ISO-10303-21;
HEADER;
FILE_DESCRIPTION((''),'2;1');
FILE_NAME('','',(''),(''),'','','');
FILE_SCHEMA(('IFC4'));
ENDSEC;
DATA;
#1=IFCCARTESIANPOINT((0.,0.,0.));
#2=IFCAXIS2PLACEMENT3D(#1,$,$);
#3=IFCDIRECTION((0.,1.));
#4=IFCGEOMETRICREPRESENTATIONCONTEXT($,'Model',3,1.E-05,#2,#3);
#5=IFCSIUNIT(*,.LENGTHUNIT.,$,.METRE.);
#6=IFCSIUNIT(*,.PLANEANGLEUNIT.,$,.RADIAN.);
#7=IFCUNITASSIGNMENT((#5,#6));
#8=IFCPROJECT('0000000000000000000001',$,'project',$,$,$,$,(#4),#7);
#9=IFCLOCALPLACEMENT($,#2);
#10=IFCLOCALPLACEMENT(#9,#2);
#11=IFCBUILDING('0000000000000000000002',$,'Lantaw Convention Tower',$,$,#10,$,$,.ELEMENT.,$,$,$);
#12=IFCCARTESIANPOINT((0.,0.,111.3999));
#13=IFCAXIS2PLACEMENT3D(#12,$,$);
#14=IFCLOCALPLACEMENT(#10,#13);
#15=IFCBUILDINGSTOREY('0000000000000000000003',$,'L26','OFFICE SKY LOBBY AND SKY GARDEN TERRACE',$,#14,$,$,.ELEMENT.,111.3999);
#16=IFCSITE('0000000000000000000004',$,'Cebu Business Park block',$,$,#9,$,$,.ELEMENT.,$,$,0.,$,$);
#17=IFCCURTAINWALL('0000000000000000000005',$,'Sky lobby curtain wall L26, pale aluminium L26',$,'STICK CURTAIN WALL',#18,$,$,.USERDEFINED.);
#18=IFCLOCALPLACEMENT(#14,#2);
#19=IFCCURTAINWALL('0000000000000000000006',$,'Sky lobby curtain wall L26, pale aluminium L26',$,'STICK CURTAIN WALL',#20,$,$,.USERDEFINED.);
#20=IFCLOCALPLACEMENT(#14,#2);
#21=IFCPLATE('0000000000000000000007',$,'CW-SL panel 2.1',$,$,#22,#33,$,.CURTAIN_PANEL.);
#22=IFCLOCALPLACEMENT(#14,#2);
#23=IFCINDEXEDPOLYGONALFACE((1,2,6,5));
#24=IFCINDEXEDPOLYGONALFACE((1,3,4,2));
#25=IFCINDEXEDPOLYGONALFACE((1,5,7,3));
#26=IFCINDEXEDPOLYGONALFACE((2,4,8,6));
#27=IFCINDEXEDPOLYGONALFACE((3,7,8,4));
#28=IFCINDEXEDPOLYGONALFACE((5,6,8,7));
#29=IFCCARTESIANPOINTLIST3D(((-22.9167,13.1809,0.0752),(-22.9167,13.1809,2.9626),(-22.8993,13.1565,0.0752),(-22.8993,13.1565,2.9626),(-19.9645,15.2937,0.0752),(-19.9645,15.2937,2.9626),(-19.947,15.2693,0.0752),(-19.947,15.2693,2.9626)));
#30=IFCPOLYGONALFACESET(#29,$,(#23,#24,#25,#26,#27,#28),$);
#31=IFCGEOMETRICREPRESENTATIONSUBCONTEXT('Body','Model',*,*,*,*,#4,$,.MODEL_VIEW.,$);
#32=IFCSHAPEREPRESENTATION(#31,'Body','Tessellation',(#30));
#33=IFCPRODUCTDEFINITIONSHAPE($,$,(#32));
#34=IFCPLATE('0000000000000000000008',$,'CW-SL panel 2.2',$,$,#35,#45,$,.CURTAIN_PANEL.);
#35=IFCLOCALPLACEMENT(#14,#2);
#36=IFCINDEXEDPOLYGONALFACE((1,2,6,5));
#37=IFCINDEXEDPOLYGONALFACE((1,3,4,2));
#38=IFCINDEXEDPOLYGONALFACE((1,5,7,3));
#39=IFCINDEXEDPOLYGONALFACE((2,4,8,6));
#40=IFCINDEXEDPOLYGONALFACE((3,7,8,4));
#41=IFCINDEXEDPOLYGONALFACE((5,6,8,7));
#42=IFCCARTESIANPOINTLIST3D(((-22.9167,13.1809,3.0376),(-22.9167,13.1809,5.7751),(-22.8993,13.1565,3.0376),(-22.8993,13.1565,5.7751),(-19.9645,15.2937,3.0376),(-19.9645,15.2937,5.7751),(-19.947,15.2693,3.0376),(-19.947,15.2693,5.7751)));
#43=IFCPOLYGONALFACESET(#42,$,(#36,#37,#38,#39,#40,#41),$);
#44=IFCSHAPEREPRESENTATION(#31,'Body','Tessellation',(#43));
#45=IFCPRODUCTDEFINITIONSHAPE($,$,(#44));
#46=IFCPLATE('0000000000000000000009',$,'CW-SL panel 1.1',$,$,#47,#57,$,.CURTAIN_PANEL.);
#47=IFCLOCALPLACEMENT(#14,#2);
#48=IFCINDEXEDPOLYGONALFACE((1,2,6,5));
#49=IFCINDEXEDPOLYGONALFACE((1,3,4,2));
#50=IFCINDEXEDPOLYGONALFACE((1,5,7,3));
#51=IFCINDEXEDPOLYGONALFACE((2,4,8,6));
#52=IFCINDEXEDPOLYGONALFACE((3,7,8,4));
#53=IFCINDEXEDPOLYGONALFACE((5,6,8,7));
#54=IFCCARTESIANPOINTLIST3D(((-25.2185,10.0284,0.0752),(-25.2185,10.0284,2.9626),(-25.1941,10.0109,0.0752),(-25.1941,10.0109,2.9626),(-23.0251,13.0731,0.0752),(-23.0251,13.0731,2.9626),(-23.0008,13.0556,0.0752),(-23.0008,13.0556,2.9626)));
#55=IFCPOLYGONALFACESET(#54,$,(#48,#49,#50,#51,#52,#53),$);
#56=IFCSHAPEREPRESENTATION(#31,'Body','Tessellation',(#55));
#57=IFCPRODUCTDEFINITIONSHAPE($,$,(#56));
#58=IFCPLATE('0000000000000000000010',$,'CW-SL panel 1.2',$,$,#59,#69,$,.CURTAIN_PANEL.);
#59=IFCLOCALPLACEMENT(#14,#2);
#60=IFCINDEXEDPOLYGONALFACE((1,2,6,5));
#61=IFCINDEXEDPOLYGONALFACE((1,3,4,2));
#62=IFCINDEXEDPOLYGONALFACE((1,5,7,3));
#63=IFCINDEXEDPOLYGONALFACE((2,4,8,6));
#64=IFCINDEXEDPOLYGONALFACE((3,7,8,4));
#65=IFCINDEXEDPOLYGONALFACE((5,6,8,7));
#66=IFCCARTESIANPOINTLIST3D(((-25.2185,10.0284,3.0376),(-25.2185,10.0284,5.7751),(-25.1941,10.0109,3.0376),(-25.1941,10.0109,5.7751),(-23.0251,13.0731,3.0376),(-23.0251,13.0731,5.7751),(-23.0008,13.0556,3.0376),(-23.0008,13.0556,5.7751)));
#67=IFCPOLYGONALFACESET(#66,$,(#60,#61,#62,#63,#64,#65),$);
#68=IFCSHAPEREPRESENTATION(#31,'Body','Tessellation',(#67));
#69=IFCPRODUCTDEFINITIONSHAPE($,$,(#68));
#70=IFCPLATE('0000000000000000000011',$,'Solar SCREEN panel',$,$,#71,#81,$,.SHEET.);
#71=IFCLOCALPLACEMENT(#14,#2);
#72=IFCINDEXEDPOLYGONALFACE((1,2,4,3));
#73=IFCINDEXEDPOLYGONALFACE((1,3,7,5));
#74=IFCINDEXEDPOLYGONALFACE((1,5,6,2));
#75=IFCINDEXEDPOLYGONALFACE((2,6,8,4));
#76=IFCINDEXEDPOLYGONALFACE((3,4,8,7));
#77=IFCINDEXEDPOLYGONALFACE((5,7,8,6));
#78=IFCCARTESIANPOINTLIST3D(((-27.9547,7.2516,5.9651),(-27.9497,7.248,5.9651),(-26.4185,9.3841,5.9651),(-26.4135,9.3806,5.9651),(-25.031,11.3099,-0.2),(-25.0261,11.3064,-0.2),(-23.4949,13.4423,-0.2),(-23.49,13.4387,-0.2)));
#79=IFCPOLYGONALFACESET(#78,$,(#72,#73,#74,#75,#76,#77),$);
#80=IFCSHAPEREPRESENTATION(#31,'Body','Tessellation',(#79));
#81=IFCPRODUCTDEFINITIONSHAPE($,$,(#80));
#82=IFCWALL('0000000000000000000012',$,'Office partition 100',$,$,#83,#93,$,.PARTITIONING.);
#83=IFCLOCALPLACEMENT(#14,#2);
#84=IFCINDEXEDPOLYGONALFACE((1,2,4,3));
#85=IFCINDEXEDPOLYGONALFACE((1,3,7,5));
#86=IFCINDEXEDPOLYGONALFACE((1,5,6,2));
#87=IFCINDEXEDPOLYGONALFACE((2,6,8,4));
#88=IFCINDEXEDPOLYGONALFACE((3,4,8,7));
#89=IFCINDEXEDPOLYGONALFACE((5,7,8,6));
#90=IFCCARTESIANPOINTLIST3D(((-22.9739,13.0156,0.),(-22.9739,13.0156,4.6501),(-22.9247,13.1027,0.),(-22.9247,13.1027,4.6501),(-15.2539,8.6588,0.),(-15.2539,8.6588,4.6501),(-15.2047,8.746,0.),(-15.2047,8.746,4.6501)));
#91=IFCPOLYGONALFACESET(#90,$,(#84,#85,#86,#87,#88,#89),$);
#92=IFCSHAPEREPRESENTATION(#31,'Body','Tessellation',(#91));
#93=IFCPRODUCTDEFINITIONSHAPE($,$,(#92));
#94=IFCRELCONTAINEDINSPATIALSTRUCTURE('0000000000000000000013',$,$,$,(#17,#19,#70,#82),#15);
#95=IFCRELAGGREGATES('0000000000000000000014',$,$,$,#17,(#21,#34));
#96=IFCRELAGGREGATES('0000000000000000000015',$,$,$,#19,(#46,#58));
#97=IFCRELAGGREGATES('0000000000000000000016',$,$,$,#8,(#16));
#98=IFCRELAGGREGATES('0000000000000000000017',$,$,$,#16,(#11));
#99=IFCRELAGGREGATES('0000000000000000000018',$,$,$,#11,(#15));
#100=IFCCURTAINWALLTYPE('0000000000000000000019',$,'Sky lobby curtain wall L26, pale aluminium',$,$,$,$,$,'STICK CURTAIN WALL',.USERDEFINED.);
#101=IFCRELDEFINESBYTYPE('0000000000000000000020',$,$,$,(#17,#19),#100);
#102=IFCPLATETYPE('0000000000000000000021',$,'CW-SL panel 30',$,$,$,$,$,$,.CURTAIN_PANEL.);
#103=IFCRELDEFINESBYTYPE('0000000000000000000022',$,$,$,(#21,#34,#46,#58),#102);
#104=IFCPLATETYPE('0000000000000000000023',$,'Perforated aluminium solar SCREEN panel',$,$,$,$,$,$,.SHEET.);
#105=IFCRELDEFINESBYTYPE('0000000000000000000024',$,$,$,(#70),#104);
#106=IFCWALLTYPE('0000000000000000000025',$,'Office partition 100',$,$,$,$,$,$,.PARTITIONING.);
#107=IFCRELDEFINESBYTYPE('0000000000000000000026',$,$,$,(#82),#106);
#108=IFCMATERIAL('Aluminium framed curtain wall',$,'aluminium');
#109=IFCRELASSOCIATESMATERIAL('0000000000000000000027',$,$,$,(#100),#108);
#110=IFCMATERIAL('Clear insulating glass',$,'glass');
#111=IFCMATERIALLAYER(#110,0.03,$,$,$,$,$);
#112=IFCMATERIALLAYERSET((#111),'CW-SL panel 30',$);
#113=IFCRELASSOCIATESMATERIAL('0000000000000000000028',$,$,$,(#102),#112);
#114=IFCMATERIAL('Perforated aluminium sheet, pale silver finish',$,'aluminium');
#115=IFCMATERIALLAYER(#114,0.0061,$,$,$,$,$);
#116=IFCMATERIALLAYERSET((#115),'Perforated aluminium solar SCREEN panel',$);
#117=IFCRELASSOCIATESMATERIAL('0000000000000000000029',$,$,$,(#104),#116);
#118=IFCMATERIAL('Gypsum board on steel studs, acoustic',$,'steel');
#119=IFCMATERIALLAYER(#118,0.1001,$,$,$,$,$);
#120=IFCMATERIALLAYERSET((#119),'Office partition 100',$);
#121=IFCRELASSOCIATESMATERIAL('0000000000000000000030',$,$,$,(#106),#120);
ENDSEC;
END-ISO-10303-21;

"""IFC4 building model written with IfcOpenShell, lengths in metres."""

from ifc_helpers import new_model, si_unit, direction, frame, frame_2d, origin, origin_2d, place, context, subcontext, project, spatial, polyline, rectangle, outline, extrude, material, layer, layer_set, type_object, element, aggregate, save


model = new_model("IFC4")

# Units and contexts
model_context = context("Model", 3, precision=1e-05, world=origin(), true_north=direction((0.0, 1.0)))
body_context = subcontext(model_context, "Body", "Model", "MODEL_VIEW")
ifc_project = project(units=[si_unit("LENGTHUNIT", "METRE"), si_unit("PLANEANGLEUNIT", "RADIAN")], contexts=[model_context])

# Site, building, storey
site_placement = place(None, origin())
site = spatial("IfcSite", under=ifc_project, at=site_placement, Name="Cebu Business Park block", CompositionType="ELEMENT", RefElevation=0.0)
building_placement = place(site_placement, origin())
building = spatial("IfcBuilding", under=site, at=building_placement, Name="Lantaw Convention Tower", CompositionType="ELEMENT")
storey_placement = place(building_placement, frame((0.0, 0.0, 111.3999)))
storey = spatial("IfcBuildingStorey", under=building, at=storey_placement, Name="L26", Description="OFFICE SKY LOBBY AND SKY GARDEN TERRACE", CompositionType="ELEMENT", Elevation=111.3999)

# Curtain wall
ifc_material_1 = material(Name="Aluminium framed curtain wall", Category="aluminium")
curtain_wall_type = type_object("IfcCurtainWallType", Name="Sky lobby curtain wall L26, pale aluminium", ElementType="STICK CURTAIN WALL", PredefinedType="USERDEFINED", material=ifc_material_1)
curtain_wall_1_placement = place(storey_placement, origin())
curtain_wall_1 = element("IfcCurtainWall", 1, at=curtain_wall_1_placement, inside=storey, type_object=curtain_wall_type, Name="Sky lobby curtain wall L26, pale aluminium L26", ObjectType="STICK CURTAIN WALL", PredefinedType="USERDEFINED")

# Curtain wall
curtain_wall_2_placement = place(storey_placement, origin())
curtain_wall_2 = element("IfcCurtainWall", 2, at=curtain_wall_2_placement, inside=storey, type_object=curtain_wall_type, Name="Sky lobby curtain wall L26, pale aluminium L26", ObjectType="STICK CURTAIN WALL", PredefinedType="USERDEFINED")

# Plates
ifc_material_2 = material(Name="Clear insulating glass", Category="glass")
ifc_layer_1 = layer(ifc_material_2, 0.03)
ifc_layer_set_1 = layer_set([ifc_layer_1], Name="CW-SL panel 30")
plate_type_1 = type_object("IfcPlateType", Name="CW-SL panel 30", PredefinedType="CURTAIN_PANEL", material=ifc_layer_set_1)
plate_1_placement = place(storey_placement, frame((-21.4319, 14.2251, 0.0752), z_axis=(0.0, 0.0, 1.0), x_axis=(-0.813208, -0.581973, 0.0)))
plate_1 = element("IfcPlate", 3, at=plate_1_placement, type_object=plate_type_1, Name="CW-SL panel 2.1", PredefinedType="CURTAIN_PANEL", context=body_context, shape_type="SweptSolid", body=[
    extrude(rectangle(XDim=3.6304, YDim=0.03, at=origin_2d()), origin(), (0.0, 0.0, 1.0), 2.8875),
])
plate_2_placement = place(storey_placement, frame((-21.4319, 14.2251, 3.0376), z_axis=(0.0, 0.0, 1.0), x_axis=(-0.813208, -0.581973, 0.0)))
plate_2 = element("IfcPlate", 4, at=plate_2_placement, type_object=plate_type_1, Name="CW-SL panel 2.2", PredefinedType="CURTAIN_PANEL", context=body_context, shape_type="SweptSolid", body=[
    extrude(rectangle(XDim=3.6304, YDim=0.03, at=origin_2d()), origin(), (0.0, 0.0, 1.0), 2.7375),
])
aggregate(curtain_wall_1, [plate_1, plate_2])
plate_3_placement = place(storey_placement, frame((-24.1096, 11.542, 0.0752), z_axis=(0.0, 0.0, 1.0), x_axis=(-0.584513, -0.811385, 0.0)))
plate_3 = element("IfcPlate", 5, at=plate_3_placement, type_object=plate_type_1, Name="CW-SL panel 1.1", PredefinedType="CURTAIN_PANEL", context=body_context, shape_type="SweptSolid", body=[
    extrude(rectangle(XDim=3.7524, YDim=0.03, at=origin_2d()), origin(), (0.0, 0.0, 1.0), 2.8875),
])
plate_4_placement = place(storey_placement, frame((-24.1096, 11.542, 3.0376), z_axis=(0.0, 0.0, 1.0), x_axis=(-0.584513, -0.811385, 0.0)))
plate_4 = element("IfcPlate", 6, at=plate_4_placement, type_object=plate_type_1, Name="CW-SL panel 1.2", PredefinedType="CURTAIN_PANEL", context=body_context, shape_type="SweptSolid", body=[
    extrude(rectangle(XDim=3.7524, YDim=0.03, at=origin_2d()), origin(), (0.0, 0.0, 1.0), 2.7375),
])
aggregate(curtain_wall_2, [plate_3, plate_4])
ifc_material_3 = material(Name="Perforated aluminium sheet, pale silver finish", Category="aluminium")
ifc_layer_2 = layer(ifc_material_3, 0.0061)
ifc_layer_set_2 = layer_set([ifc_layer_2], Name="Perforated aluminium solar SCREEN panel")
plate_type_2 = type_object("IfcPlateType", Name="Perforated aluminium solar SCREEN panel", PredefinedType="SHEET", material=ifc_layer_set_2)
plate_5_placement = place(storey_placement, frame((-23.49, 13.4387, -0.2), z_axis=(0.811395, -0.584498, 0.000025), x_axis=(-0.584498, -0.811395, 0.0)))
element("IfcPlate", 7, at=plate_5_placement, inside=storey, type_object=plate_type_2, Name="Solar SCREEN panel", PredefinedType="SHEET", context=body_context, shape_type="SweptSolid", body=[
    extrude(outline(polyline([(0.0, 0.0), (2.628, 0.0), (7.6298, -6.165), (5.0016, -6.165), (0.0, 0.0)])), origin(), (0.0, 0.0, -1.0), 0.0061),
])

# Wall
ifc_material_4 = material(Name="Gypsum board on steel studs, acoustic", Category="steel")
ifc_layer_3 = layer(ifc_material_4, 0.1001)
ifc_layer_set_3 = layer_set([ifc_layer_3], Name="Office partition 100")
wall_type = type_object("IfcWallType", Name="Office partition 100", PredefinedType="PARTITIONING", material=ifc_layer_set_3)
wall_placement = place(storey_placement, frame((-22.9492, 13.0591, 0.0), z_axis=(0.0, 0.0, 1.0), x_axis=(0.87089, -0.491478, 0.0)))
element("IfcWall", 8, at=wall_placement, inside=storey, type_object=wall_type, Name="Office partition 100", PredefinedType="PARTITIONING", context=body_context, shape_type="SweptSolid", body=[
    extrude(rectangle(XDim=8.8645, YDim=0.1001, at=frame_2d((4.4321, 0.0))), origin(), (0.0, 0.0, 1.0), 4.6501),
])

save(model, "model.ifc")
